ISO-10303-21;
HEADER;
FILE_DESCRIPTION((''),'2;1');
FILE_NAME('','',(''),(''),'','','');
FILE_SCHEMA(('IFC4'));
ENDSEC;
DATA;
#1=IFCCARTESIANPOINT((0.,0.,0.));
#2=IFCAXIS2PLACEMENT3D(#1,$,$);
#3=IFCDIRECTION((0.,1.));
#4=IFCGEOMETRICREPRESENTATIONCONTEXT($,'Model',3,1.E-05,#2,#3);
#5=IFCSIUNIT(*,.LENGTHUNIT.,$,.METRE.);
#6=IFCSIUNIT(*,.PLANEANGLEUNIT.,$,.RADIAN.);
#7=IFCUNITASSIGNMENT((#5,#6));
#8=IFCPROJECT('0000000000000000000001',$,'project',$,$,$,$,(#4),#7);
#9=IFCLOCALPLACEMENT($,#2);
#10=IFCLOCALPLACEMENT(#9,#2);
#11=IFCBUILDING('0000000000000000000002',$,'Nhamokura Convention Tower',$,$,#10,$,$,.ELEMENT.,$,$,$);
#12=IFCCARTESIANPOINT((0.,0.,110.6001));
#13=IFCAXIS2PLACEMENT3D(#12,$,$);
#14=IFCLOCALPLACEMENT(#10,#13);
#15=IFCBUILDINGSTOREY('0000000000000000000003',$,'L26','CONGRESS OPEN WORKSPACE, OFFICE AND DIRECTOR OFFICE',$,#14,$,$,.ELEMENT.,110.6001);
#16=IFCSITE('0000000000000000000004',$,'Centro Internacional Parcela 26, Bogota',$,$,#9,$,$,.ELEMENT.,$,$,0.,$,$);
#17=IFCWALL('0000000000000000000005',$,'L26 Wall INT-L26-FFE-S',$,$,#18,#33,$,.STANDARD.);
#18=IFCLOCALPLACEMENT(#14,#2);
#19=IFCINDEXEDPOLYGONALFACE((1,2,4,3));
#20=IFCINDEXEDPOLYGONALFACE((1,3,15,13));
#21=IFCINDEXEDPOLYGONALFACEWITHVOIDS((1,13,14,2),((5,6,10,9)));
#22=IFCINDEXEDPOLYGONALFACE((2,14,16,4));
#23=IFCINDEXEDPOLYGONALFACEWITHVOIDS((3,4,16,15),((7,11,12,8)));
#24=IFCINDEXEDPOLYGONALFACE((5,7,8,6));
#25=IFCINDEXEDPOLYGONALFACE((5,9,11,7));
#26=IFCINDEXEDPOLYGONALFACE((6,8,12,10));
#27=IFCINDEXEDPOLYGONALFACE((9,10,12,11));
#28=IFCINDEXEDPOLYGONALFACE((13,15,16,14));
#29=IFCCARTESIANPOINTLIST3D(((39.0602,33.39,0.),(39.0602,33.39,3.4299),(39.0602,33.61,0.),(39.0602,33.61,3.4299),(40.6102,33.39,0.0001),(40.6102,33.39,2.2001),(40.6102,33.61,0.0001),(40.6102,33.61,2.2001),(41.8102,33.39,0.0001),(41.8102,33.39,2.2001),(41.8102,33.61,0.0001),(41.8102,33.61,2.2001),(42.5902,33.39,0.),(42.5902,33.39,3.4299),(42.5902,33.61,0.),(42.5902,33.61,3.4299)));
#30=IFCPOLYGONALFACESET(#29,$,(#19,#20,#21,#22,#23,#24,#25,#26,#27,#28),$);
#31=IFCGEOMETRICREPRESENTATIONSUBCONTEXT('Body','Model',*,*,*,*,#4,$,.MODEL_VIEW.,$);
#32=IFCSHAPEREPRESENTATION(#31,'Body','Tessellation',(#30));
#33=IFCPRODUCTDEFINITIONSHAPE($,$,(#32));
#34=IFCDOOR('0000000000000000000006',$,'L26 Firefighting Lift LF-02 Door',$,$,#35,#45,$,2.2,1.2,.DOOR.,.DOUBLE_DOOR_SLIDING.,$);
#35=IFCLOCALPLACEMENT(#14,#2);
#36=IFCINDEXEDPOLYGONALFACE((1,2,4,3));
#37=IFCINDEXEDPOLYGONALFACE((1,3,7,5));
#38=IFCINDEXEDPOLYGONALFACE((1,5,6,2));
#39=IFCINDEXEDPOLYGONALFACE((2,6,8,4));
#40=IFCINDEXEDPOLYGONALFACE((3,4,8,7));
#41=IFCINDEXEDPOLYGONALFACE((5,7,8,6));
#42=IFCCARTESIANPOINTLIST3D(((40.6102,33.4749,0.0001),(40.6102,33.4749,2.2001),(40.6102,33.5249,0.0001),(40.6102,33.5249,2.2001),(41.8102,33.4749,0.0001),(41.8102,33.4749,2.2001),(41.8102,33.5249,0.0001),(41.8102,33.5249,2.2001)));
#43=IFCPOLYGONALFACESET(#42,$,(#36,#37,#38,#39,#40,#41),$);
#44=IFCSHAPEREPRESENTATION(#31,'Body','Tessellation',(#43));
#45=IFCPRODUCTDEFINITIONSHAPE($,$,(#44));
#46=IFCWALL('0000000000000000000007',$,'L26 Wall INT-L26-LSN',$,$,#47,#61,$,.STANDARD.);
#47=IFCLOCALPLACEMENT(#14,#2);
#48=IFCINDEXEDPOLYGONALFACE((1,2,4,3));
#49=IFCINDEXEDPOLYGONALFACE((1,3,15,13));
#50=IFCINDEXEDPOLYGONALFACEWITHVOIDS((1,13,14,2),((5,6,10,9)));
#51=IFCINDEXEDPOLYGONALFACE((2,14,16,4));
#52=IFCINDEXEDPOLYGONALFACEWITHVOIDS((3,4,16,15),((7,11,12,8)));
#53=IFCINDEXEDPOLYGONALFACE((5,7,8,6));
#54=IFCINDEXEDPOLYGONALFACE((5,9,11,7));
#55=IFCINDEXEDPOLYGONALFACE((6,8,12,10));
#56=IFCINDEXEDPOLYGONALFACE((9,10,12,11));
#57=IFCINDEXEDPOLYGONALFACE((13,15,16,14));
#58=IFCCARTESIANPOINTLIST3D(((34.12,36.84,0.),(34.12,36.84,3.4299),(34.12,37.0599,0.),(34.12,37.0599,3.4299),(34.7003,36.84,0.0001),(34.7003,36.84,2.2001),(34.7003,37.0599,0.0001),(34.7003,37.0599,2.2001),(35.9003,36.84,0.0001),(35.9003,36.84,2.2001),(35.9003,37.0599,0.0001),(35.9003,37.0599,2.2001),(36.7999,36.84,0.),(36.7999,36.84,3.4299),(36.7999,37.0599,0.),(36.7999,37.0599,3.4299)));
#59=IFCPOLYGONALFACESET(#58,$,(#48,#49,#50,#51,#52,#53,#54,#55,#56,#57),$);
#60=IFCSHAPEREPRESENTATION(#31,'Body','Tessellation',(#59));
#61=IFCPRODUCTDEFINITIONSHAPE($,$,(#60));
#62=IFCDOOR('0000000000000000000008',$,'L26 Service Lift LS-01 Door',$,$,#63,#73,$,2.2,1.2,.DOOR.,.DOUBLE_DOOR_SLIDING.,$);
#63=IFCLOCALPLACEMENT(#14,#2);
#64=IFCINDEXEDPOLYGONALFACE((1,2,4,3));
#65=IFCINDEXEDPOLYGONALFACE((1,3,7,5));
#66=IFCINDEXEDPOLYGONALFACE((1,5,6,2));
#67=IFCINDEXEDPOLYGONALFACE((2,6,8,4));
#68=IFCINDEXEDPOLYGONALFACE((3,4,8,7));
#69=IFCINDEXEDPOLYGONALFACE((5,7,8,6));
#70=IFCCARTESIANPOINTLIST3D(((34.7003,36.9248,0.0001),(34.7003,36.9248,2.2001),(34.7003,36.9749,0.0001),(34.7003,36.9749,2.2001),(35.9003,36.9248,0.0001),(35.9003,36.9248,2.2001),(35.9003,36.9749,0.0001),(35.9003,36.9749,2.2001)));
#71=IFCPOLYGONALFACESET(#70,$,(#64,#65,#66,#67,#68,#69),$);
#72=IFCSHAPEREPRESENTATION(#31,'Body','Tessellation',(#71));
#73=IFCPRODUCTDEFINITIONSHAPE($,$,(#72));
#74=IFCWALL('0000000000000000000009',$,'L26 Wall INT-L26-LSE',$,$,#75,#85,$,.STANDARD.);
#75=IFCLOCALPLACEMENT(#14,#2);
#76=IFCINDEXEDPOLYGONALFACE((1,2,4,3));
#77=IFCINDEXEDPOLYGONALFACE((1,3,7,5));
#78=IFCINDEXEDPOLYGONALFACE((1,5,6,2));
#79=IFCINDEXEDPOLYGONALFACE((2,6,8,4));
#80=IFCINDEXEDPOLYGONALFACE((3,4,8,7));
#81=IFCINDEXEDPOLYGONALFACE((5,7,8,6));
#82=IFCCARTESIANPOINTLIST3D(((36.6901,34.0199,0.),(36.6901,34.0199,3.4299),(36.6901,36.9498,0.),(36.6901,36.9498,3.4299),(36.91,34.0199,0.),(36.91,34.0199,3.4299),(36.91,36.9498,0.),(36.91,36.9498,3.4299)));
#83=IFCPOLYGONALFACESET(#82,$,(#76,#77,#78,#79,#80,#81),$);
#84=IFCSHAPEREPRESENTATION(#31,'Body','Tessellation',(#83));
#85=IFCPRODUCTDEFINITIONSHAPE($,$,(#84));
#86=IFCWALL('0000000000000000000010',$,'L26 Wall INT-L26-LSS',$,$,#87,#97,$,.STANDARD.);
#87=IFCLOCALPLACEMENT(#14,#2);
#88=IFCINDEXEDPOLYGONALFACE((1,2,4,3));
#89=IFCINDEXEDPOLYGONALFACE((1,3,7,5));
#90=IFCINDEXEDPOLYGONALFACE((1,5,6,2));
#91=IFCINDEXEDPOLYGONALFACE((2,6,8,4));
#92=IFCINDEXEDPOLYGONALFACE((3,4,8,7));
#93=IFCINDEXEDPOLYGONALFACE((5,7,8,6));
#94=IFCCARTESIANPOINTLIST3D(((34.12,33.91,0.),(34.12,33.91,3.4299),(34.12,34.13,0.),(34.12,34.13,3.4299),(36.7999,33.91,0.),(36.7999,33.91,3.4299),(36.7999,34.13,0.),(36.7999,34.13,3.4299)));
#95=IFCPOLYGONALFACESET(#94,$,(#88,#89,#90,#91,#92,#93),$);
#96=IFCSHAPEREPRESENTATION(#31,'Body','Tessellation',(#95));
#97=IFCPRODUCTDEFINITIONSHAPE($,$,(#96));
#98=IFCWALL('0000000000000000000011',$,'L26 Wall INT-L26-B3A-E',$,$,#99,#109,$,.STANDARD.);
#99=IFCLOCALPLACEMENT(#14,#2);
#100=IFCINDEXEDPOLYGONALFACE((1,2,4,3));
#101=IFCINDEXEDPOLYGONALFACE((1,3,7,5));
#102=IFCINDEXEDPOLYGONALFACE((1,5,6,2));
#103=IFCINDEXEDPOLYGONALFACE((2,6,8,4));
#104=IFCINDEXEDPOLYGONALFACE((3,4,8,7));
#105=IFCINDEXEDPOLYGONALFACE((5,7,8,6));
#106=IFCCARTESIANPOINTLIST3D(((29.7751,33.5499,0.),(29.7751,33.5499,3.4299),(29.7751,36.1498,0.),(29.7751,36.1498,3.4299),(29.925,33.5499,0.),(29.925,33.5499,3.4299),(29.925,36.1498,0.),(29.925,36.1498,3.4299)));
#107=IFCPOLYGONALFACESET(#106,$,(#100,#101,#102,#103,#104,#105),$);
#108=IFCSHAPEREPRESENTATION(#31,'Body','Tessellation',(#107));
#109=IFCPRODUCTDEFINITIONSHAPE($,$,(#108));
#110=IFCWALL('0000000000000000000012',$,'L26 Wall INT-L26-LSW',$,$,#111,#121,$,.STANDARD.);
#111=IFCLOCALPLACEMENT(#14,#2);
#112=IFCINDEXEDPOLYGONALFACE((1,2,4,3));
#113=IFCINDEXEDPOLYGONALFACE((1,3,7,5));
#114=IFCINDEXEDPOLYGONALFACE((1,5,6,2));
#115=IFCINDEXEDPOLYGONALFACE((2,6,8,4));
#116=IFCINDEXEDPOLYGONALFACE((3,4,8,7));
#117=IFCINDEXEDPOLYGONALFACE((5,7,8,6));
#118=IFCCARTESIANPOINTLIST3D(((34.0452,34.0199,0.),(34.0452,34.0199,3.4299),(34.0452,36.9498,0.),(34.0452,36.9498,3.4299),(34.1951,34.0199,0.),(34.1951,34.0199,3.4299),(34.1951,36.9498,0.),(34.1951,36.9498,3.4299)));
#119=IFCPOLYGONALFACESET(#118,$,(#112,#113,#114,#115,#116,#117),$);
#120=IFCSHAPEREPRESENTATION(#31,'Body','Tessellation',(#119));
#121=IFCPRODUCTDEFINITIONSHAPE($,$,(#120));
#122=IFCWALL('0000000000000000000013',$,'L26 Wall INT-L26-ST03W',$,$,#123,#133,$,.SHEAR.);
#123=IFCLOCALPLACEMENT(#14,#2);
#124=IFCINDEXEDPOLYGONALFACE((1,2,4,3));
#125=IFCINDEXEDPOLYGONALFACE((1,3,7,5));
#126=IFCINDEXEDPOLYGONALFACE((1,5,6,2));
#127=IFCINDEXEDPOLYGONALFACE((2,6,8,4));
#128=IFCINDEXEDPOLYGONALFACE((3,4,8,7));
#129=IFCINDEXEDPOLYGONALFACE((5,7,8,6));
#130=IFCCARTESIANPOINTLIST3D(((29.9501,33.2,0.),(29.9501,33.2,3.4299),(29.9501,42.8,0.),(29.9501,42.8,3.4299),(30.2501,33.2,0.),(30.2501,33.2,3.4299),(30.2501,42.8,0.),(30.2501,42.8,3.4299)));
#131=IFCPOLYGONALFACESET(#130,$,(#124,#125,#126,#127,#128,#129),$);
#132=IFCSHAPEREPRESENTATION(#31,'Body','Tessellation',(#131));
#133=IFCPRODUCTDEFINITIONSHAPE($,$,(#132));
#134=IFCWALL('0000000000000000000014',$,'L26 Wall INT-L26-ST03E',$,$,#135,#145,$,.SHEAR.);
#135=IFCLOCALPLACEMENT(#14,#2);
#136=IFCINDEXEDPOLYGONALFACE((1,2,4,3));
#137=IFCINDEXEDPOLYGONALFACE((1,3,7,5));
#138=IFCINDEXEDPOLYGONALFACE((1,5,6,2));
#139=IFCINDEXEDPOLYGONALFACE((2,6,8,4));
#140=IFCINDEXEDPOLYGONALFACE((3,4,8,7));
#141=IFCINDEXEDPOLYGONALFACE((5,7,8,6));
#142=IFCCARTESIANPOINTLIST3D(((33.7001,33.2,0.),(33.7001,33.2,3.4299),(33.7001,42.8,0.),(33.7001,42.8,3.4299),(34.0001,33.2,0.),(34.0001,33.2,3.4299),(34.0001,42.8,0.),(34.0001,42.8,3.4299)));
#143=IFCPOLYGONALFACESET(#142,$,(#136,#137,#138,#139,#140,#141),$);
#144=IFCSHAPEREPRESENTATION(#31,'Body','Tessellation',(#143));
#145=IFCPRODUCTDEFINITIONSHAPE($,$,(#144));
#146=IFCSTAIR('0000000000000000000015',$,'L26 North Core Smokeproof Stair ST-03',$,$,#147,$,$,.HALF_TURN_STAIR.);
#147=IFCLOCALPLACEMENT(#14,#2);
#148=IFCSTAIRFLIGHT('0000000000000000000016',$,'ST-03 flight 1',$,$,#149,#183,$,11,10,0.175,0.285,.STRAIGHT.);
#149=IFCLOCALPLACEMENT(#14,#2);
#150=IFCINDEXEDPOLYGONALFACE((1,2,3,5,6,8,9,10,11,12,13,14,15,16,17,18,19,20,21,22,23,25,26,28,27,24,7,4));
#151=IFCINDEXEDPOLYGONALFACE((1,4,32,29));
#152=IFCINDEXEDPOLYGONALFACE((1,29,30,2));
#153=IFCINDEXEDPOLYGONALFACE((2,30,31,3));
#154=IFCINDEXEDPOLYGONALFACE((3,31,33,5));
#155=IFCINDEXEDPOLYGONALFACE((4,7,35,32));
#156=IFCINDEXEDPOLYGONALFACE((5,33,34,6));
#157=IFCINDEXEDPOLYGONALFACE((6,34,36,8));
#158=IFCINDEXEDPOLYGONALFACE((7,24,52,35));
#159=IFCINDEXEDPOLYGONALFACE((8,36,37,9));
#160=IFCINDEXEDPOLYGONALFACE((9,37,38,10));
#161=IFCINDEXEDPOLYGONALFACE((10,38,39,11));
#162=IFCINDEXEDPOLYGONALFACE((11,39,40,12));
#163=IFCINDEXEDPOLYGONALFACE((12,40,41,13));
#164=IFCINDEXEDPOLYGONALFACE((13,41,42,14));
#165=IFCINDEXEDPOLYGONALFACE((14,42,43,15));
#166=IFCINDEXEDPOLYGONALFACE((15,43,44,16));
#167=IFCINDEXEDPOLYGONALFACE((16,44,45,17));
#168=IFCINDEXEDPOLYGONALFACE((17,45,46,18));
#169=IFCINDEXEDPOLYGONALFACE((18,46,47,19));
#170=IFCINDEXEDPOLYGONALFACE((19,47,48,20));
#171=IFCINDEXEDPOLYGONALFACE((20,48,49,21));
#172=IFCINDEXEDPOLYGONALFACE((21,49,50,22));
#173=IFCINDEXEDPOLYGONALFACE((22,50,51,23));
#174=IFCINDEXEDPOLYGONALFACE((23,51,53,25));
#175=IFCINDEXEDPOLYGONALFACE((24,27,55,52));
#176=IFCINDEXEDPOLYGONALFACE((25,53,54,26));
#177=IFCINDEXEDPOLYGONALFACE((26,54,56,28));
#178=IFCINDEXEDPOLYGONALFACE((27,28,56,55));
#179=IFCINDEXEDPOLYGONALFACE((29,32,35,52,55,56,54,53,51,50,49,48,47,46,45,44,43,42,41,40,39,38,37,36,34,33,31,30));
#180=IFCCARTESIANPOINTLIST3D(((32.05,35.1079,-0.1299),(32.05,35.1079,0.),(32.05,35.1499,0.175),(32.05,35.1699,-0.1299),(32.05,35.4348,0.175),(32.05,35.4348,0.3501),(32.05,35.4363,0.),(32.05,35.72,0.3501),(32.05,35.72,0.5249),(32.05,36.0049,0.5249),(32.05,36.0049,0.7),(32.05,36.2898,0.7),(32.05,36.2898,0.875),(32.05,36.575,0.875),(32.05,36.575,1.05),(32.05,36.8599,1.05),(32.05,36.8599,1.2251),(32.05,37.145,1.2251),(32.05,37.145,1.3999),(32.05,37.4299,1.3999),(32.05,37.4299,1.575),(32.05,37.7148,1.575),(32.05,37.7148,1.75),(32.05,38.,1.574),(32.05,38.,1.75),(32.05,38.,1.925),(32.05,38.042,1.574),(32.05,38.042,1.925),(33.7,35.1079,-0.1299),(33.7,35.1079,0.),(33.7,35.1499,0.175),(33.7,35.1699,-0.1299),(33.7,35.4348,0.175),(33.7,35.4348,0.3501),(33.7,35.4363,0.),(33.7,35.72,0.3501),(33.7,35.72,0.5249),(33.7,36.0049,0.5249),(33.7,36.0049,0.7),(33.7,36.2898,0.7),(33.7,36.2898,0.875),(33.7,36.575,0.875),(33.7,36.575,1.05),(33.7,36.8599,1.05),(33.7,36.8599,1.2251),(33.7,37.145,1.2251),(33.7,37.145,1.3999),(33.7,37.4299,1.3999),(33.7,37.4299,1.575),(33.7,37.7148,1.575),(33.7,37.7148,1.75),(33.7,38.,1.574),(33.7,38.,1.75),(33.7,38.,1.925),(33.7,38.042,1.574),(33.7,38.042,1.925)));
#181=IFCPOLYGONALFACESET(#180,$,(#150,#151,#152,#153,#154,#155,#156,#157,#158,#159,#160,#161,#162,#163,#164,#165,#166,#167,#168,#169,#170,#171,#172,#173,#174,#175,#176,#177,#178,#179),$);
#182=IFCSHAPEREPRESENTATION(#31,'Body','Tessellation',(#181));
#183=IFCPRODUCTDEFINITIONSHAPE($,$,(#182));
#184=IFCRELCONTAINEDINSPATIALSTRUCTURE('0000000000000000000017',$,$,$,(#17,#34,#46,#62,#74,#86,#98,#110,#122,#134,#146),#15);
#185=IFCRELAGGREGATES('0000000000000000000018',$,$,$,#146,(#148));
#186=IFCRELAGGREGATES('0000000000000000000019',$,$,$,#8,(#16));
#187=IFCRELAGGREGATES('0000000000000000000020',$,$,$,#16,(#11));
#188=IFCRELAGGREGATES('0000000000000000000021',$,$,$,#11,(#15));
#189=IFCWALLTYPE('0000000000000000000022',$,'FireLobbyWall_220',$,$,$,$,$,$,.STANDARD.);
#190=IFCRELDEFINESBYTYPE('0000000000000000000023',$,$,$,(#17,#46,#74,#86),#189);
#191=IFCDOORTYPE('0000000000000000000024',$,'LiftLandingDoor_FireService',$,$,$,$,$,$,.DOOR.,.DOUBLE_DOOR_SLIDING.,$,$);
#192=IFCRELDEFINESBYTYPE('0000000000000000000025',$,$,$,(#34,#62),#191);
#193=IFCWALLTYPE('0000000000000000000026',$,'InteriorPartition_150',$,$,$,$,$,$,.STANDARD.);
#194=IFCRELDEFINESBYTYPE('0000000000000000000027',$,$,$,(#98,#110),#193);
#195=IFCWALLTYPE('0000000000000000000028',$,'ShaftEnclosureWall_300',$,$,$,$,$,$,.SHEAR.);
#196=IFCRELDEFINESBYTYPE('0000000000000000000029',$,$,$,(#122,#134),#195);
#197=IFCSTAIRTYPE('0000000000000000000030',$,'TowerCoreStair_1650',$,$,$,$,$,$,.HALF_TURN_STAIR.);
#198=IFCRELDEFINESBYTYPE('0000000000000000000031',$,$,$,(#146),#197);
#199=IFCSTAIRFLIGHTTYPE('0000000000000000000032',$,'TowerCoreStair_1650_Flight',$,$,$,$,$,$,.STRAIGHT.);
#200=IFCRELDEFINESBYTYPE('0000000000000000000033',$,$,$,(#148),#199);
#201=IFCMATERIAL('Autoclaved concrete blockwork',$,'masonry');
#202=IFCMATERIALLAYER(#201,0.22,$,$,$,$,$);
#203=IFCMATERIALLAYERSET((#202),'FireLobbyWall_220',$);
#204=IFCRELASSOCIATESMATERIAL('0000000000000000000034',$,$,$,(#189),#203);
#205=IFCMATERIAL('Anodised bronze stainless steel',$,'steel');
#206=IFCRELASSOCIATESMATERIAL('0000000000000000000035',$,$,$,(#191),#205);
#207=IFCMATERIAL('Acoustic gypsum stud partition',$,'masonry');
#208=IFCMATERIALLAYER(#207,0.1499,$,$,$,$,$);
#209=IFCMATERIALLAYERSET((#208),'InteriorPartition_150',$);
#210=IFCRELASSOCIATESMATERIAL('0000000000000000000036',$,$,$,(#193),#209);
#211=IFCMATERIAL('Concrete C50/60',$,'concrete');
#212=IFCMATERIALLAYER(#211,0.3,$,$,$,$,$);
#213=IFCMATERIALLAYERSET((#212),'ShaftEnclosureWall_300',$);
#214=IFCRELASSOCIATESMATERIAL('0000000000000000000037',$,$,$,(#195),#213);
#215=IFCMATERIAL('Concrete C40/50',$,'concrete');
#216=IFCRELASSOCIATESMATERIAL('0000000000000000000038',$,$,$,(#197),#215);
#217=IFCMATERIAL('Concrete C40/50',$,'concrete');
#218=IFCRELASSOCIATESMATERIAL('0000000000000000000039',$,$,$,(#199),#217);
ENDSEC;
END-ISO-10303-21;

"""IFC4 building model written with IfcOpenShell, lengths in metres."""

from ifc_helpers import new_model, si_unit, direction, frame, frame_2d, origin, place, context, subcontext, project, spatial, polyline, rectangle, outline, extrude, material, layer, layer_set, type_object, element, fill, aggregate, save


model = new_model("IFC4")

# Units and contexts
model_context = context("Model", 3, precision=1e-05, world=origin(), true_north=direction((0.0, 1.0)))
body_context = subcontext(model_context, "Body", "Model", "MODEL_VIEW")
ifc_project = project(units=[si_unit("LENGTHUNIT", "METRE"), si_unit("PLANEANGLEUNIT", "RADIAN")], contexts=[model_context])

# Site, building, storey
site_placement = place(None, origin())
site = spatial("IfcSite", under=ifc_project, at=site_placement, Name="Centro Internacional Parcela 26, Bogota", CompositionType="ELEMENT", RefElevation=0.0)
building_placement = place(site_placement, origin())
building = spatial("IfcBuilding", under=site, at=building_placement, Name="Nhamokura Convention Tower", CompositionType="ELEMENT")
storey_placement = place(building_placement, frame((0.0, 0.0, 110.6001)))
storey = spatial("IfcBuildingStorey", under=building, at=storey_placement, Name="L26", Description="CONGRESS OPEN WORKSPACE, OFFICE AND DIRECTOR OFFICE", CompositionType="ELEMENT", Elevation=110.6001)

# Walls, openings, doors
ifc_material_1 = material(Name="Autoclaved concrete blockwork", Category="masonry")
ifc_layer_1 = layer(ifc_material_1, 0.22)
ifc_layer_set_1 = layer_set([ifc_layer_1], Name="FireLobbyWall_220")
wall_type_1 = type_object("IfcWallType", Name="FireLobbyWall_220", PredefinedType="STANDARD", material=ifc_layer_set_1)
wall_1_placement = place(storey_placement, frame((39.0601, 33.5, 0.0), z_axis=(0.0, 0.0, 1.0), x_axis=(1.0, 0.0, 0.0)))
wall_1 = element("IfcWall", 1, at=wall_1_placement, inside=storey, type_object=wall_type_1, Name="L26 Wall INT-L26-FFE-S", PredefinedType="STANDARD", context=body_context, shape_type="SweptSolid", body=[
    extrude(rectangle(XDim=3.53, YDim=0.22, at=frame_2d((1.7651, 0.0))), origin(), (0.0, 0.0, 1.0), 3.4299),
])
opening_1_placement = place(wall_1_placement, frame((1.55, 0.0, 0.0)))
opening_1 = element("IfcOpeningElement", 2, at=opening_1_placement, cuts=wall_1, PredefinedType="OPENING", context=body_context, shape_type="SweptSolid", body=[
    extrude(rectangle(XDim=1.2, YDim=2.2, at=frame_2d((0.6001, 1.1001))), frame((0.0, 0.1199, 0.0), z_axis=(0.0, -1.0, 0.0), x_axis=(1.0, 0.0, 0.0)), (0.0, 0.0, 1.0), 0.24),
])
ifc_material_2 = material(Name="Anodised bronze stainless steel", Category="steel")
door_type_1 = type_object("IfcDoorType", Name="LiftLandingDoor_FireService", OperationType="DOUBLE_DOOR_SLIDING", PredefinedType="DOOR", material=ifc_material_2)
door_1_placement = place(opening_1_placement, origin())
door_1 = element("IfcDoor", 3, at=door_1_placement, inside=storey, type_object=door_type_1, Name="L26 Firefighting Lift LF-02 Door", OperationType="DOUBLE_DOOR_SLIDING", OverallHeight=2.2, OverallWidth=1.2, PredefinedType="DOOR", context=body_context, shape_type="SweptSolid", body=[
    extrude(rectangle(XDim=1.2, YDim=2.2, at=frame_2d((0.6001, 1.1001))), frame((0.0, 0.0249, 0.0), z_axis=(0.0, -1.0, 0.0), x_axis=(1.0, 0.0, 0.0)), (0.0, 0.0, 1.0), 0.05),
])
fill(opening_1, door_1)
wall_2_placement = place(storey_placement, frame((34.1201, 36.95, 0.0), z_axis=(0.0, 0.0, 1.0), x_axis=(1.0, 0.0, 0.0)))
wall_2 = element("IfcWall", 4, at=wall_2_placement, inside=storey, type_object=wall_type_1, Name="L26 Wall INT-L26-LSN", PredefinedType="STANDARD", context=body_context, shape_type="SweptSolid", body=[
    extrude(rectangle(XDim=2.6799, YDim=0.22, at=frame_2d((1.3398, 0.0))), origin(), (0.0, 0.0, 1.0), 3.4299),
])
opening_2_placement = place(wall_2_placement, frame((0.5801, 0.0, 0.0)))
opening_2 = element("IfcOpeningElement", 5, at=opening_2_placement, cuts=wall_2, PredefinedType="OPENING", context=body_context, shape_type="SweptSolid", body=[
    extrude(rectangle(XDim=1.2, YDim=2.2, at=frame_2d((0.6001, 1.1001))), frame((0.0, 0.1199, 0.0), z_axis=(0.0, -1.0, 0.0), x_axis=(1.0, 0.0, 0.0)), (0.0, 0.0, 1.0), 0.24),
])
door_2_placement = place(opening_2_placement, origin())
door_2 = element("IfcDoor", 6, at=door_2_placement, inside=storey, type_object=door_type_1, Name="L26 Service Lift LS-01 Door", OperationType="DOUBLE_DOOR_SLIDING", OverallHeight=2.2, OverallWidth=1.2, PredefinedType="DOOR", context=body_context, shape_type="SweptSolid", body=[
    extrude(rectangle(XDim=1.2, YDim=2.2, at=frame_2d((0.6001, 1.1001))), frame((0.0, 0.0249, 0.0), z_axis=(0.0, -1.0, 0.0), x_axis=(1.0, 0.0, 0.0)), (0.0, 0.0, 1.0), 0.05),
])
fill(opening_2, door_2)

# Walls
wall_3_placement = place(storey_placement, frame((36.8, 34.02, 0.0), z_axis=(0.0, 0.0, 1.0), x_axis=(0.0, 1.0, 0.0)))
element("IfcWall", 7, at=wall_3_placement, inside=storey, type_object=wall_type_1, Name="L26 Wall INT-L26-LSE", PredefinedType="STANDARD", context=body_context, shape_type="SweptSolid", body=[
    extrude(rectangle(XDim=2.9299, YDim=0.22, at=frame_2d((1.4648, 0.0))), origin(), (0.0, 0.0, 1.0), 3.4299),
])
wall_4_placement = place(storey_placement, frame((34.1201, 34.02, 0.0), z_axis=(0.0, 0.0, 1.0), x_axis=(1.0, 0.0, 0.0)))
element("IfcWall", 8, at=wall_4_placement, inside=storey, type_object=wall_type_1, Name="L26 Wall INT-L26-LSS", PredefinedType="STANDARD", context=body_context, shape_type="SweptSolid", body=[
    extrude(rectangle(XDim=2.6799, YDim=0.22, at=frame_2d((1.3398, 0.0))), origin(), (0.0, 0.0, 1.0), 3.4299),
])
ifc_material_3 = material(Name="Acoustic gypsum stud partition", Category="masonry")
ifc_layer_2 = layer(ifc_material_3, 0.1499)
ifc_layer_set_2 = layer_set([ifc_layer_2], Name="InteriorPartition_150")
wall_type_2 = type_object("IfcWallType", Name="InteriorPartition_150", PredefinedType="STANDARD", material=ifc_layer_set_2)
wall_5_placement = place(storey_placement, frame((29.8501, 33.55, 0.0), z_axis=(0.0, 0.0, 1.0), x_axis=(0.0, 1.0, 0.0)))
element("IfcWall", 9, at=wall_5_placement, inside=storey, type_object=wall_type_2, Name="L26 Wall INT-L26-B3A-E", PredefinedType="STANDARD", context=body_context, shape_type="SweptSolid", body=[
    extrude(rectangle(XDim=2.5999, YDim=0.1499, at=frame_2d((1.2998, 0.0))), origin(), (0.0, 0.0, 1.0), 3.4299),
])
wall_6_placement = place(storey_placement, frame((34.1201, 34.02, 0.0), z_axis=(0.0, 0.0, 1.0), x_axis=(0.0, 1.0, 0.0)))
element("IfcWall", 10, at=wall_6_placement, inside=storey, type_object=wall_type_2, Name="L26 Wall INT-L26-LSW", PredefinedType="STANDARD", context=body_context, shape_type="SweptSolid", body=[
    extrude(rectangle(XDim=2.9299, YDim=0.1499, at=frame_2d((1.4648, 0.0))), origin(), (0.0, 0.0, 1.0), 3.4299),
])
ifc_material_4 = material(Name="Concrete C50/60", Category="concrete")
ifc_layer_3 = layer(ifc_material_4, 0.3)
ifc_layer_set_3 = layer_set([ifc_layer_3], Name="ShaftEnclosureWall_300")
wall_type_3 = type_object("IfcWallType", Name="ShaftEnclosureWall_300", PredefinedType="SHEAR", material=ifc_layer_set_3)
for number, where, z_axis, x_axis, name in (
    (11, (30.1001, 33.2, 0.0), (0.0, 0.0, 1.0), (0.0, 1.0, 0.0), "L26 Wall INT-L26-ST03W"),
    (12, (33.8501, 33.2, 0.0), (0.0, 0.0, 1.0), (0.0, 1.0, 0.0), "L26 Wall INT-L26-ST03E"),
):
    element("IfcWall", number, at=place(storey_placement, frame(where, z_axis=z_axis, x_axis=x_axis)), inside=storey, type_object=wall_type_3, Name=name, PredefinedType="SHEAR", context=body_context, shape_type="SweptSolid", body=[
        extrude(rectangle(XDim=9.6001, YDim=0.3, at=frame_2d((4.8, 0.0))), origin(), (0.0, 0.0, 1.0), 3.4299),
    ])

# Stair, stair flight
ifc_material_5 = material(Name="Concrete C40/50", Category="concrete")
stair_type = type_object("IfcStairType", Name="TowerCoreStair_1650", PredefinedType="HALF_TURN_STAIR", material=ifc_material_5)
stair_placement = place(storey_placement, origin())
stair = element("IfcStair", 13, at=stair_placement, inside=storey, type_object=stair_type, Name="L26 North Core Smokeproof Stair ST-03", PredefinedType="HALF_TURN_STAIR")
ifc_material_6 = material(Name="Concrete C40/50", Category="concrete")
stair_flight_type = type_object("IfcStairFlightType", Name="TowerCoreStair_1650_Flight", PredefinedType="STRAIGHT", material=ifc_material_6)
stair_flight_1_placement = place(storey_placement, frame((32.875, 35.1499, 0.0), z_axis=(0.0, 0.0, 1.0), x_axis=(0.0, 1.0, 0.0)))
stair_flight_1 = element("IfcStairFlight", 14, at=stair_flight_1_placement, type_object=stair_flight_type, Name="ST-03 flight 1", NumberOfRisers=11, NumberOfTreads=10, PredefinedType="STRAIGHT", RiserHeight=0.175, TreadLength=0.285, context=body_context, shape_type="SweptSolid", body=[
    extrude(outline(polyline([(-0.042, 0.0), (0.0, 0.175), (0.2849, 0.175), (0.2849, 0.3501), (0.5701, 0.3501), (0.5701, 0.5249), (0.855, 0.5249), (0.855, 0.7), (1.1399, 0.7), (1.1399, 0.875), (1.425, 0.875), (1.425, 1.05), (1.71, 1.05), (1.71, 1.2251), (1.9951, 1.2251), (1.9951, 1.3999), (2.28, 1.3999), (2.28, 1.575), (2.5649, 1.575), (2.5649, 1.75), (2.8501, 1.75), (2.8501, 1.925), (2.8921, 1.925), (2.8921, 1.574), (2.8501, 1.574), (0.2864, 0.0), (0.02, -0.1299), (-0.042, -0.1299), (-0.042, 0.0)])), frame((0.0, 0.825, 0.0), z_axis=(0.0, -1.0, 0.0), x_axis=(1.0, 0.0, 0.0)), (0.0, 0.0, 1.0), 1.6499),
])
aggregate(stair, [stair_flight_1])

save(model, "model.ifc")
